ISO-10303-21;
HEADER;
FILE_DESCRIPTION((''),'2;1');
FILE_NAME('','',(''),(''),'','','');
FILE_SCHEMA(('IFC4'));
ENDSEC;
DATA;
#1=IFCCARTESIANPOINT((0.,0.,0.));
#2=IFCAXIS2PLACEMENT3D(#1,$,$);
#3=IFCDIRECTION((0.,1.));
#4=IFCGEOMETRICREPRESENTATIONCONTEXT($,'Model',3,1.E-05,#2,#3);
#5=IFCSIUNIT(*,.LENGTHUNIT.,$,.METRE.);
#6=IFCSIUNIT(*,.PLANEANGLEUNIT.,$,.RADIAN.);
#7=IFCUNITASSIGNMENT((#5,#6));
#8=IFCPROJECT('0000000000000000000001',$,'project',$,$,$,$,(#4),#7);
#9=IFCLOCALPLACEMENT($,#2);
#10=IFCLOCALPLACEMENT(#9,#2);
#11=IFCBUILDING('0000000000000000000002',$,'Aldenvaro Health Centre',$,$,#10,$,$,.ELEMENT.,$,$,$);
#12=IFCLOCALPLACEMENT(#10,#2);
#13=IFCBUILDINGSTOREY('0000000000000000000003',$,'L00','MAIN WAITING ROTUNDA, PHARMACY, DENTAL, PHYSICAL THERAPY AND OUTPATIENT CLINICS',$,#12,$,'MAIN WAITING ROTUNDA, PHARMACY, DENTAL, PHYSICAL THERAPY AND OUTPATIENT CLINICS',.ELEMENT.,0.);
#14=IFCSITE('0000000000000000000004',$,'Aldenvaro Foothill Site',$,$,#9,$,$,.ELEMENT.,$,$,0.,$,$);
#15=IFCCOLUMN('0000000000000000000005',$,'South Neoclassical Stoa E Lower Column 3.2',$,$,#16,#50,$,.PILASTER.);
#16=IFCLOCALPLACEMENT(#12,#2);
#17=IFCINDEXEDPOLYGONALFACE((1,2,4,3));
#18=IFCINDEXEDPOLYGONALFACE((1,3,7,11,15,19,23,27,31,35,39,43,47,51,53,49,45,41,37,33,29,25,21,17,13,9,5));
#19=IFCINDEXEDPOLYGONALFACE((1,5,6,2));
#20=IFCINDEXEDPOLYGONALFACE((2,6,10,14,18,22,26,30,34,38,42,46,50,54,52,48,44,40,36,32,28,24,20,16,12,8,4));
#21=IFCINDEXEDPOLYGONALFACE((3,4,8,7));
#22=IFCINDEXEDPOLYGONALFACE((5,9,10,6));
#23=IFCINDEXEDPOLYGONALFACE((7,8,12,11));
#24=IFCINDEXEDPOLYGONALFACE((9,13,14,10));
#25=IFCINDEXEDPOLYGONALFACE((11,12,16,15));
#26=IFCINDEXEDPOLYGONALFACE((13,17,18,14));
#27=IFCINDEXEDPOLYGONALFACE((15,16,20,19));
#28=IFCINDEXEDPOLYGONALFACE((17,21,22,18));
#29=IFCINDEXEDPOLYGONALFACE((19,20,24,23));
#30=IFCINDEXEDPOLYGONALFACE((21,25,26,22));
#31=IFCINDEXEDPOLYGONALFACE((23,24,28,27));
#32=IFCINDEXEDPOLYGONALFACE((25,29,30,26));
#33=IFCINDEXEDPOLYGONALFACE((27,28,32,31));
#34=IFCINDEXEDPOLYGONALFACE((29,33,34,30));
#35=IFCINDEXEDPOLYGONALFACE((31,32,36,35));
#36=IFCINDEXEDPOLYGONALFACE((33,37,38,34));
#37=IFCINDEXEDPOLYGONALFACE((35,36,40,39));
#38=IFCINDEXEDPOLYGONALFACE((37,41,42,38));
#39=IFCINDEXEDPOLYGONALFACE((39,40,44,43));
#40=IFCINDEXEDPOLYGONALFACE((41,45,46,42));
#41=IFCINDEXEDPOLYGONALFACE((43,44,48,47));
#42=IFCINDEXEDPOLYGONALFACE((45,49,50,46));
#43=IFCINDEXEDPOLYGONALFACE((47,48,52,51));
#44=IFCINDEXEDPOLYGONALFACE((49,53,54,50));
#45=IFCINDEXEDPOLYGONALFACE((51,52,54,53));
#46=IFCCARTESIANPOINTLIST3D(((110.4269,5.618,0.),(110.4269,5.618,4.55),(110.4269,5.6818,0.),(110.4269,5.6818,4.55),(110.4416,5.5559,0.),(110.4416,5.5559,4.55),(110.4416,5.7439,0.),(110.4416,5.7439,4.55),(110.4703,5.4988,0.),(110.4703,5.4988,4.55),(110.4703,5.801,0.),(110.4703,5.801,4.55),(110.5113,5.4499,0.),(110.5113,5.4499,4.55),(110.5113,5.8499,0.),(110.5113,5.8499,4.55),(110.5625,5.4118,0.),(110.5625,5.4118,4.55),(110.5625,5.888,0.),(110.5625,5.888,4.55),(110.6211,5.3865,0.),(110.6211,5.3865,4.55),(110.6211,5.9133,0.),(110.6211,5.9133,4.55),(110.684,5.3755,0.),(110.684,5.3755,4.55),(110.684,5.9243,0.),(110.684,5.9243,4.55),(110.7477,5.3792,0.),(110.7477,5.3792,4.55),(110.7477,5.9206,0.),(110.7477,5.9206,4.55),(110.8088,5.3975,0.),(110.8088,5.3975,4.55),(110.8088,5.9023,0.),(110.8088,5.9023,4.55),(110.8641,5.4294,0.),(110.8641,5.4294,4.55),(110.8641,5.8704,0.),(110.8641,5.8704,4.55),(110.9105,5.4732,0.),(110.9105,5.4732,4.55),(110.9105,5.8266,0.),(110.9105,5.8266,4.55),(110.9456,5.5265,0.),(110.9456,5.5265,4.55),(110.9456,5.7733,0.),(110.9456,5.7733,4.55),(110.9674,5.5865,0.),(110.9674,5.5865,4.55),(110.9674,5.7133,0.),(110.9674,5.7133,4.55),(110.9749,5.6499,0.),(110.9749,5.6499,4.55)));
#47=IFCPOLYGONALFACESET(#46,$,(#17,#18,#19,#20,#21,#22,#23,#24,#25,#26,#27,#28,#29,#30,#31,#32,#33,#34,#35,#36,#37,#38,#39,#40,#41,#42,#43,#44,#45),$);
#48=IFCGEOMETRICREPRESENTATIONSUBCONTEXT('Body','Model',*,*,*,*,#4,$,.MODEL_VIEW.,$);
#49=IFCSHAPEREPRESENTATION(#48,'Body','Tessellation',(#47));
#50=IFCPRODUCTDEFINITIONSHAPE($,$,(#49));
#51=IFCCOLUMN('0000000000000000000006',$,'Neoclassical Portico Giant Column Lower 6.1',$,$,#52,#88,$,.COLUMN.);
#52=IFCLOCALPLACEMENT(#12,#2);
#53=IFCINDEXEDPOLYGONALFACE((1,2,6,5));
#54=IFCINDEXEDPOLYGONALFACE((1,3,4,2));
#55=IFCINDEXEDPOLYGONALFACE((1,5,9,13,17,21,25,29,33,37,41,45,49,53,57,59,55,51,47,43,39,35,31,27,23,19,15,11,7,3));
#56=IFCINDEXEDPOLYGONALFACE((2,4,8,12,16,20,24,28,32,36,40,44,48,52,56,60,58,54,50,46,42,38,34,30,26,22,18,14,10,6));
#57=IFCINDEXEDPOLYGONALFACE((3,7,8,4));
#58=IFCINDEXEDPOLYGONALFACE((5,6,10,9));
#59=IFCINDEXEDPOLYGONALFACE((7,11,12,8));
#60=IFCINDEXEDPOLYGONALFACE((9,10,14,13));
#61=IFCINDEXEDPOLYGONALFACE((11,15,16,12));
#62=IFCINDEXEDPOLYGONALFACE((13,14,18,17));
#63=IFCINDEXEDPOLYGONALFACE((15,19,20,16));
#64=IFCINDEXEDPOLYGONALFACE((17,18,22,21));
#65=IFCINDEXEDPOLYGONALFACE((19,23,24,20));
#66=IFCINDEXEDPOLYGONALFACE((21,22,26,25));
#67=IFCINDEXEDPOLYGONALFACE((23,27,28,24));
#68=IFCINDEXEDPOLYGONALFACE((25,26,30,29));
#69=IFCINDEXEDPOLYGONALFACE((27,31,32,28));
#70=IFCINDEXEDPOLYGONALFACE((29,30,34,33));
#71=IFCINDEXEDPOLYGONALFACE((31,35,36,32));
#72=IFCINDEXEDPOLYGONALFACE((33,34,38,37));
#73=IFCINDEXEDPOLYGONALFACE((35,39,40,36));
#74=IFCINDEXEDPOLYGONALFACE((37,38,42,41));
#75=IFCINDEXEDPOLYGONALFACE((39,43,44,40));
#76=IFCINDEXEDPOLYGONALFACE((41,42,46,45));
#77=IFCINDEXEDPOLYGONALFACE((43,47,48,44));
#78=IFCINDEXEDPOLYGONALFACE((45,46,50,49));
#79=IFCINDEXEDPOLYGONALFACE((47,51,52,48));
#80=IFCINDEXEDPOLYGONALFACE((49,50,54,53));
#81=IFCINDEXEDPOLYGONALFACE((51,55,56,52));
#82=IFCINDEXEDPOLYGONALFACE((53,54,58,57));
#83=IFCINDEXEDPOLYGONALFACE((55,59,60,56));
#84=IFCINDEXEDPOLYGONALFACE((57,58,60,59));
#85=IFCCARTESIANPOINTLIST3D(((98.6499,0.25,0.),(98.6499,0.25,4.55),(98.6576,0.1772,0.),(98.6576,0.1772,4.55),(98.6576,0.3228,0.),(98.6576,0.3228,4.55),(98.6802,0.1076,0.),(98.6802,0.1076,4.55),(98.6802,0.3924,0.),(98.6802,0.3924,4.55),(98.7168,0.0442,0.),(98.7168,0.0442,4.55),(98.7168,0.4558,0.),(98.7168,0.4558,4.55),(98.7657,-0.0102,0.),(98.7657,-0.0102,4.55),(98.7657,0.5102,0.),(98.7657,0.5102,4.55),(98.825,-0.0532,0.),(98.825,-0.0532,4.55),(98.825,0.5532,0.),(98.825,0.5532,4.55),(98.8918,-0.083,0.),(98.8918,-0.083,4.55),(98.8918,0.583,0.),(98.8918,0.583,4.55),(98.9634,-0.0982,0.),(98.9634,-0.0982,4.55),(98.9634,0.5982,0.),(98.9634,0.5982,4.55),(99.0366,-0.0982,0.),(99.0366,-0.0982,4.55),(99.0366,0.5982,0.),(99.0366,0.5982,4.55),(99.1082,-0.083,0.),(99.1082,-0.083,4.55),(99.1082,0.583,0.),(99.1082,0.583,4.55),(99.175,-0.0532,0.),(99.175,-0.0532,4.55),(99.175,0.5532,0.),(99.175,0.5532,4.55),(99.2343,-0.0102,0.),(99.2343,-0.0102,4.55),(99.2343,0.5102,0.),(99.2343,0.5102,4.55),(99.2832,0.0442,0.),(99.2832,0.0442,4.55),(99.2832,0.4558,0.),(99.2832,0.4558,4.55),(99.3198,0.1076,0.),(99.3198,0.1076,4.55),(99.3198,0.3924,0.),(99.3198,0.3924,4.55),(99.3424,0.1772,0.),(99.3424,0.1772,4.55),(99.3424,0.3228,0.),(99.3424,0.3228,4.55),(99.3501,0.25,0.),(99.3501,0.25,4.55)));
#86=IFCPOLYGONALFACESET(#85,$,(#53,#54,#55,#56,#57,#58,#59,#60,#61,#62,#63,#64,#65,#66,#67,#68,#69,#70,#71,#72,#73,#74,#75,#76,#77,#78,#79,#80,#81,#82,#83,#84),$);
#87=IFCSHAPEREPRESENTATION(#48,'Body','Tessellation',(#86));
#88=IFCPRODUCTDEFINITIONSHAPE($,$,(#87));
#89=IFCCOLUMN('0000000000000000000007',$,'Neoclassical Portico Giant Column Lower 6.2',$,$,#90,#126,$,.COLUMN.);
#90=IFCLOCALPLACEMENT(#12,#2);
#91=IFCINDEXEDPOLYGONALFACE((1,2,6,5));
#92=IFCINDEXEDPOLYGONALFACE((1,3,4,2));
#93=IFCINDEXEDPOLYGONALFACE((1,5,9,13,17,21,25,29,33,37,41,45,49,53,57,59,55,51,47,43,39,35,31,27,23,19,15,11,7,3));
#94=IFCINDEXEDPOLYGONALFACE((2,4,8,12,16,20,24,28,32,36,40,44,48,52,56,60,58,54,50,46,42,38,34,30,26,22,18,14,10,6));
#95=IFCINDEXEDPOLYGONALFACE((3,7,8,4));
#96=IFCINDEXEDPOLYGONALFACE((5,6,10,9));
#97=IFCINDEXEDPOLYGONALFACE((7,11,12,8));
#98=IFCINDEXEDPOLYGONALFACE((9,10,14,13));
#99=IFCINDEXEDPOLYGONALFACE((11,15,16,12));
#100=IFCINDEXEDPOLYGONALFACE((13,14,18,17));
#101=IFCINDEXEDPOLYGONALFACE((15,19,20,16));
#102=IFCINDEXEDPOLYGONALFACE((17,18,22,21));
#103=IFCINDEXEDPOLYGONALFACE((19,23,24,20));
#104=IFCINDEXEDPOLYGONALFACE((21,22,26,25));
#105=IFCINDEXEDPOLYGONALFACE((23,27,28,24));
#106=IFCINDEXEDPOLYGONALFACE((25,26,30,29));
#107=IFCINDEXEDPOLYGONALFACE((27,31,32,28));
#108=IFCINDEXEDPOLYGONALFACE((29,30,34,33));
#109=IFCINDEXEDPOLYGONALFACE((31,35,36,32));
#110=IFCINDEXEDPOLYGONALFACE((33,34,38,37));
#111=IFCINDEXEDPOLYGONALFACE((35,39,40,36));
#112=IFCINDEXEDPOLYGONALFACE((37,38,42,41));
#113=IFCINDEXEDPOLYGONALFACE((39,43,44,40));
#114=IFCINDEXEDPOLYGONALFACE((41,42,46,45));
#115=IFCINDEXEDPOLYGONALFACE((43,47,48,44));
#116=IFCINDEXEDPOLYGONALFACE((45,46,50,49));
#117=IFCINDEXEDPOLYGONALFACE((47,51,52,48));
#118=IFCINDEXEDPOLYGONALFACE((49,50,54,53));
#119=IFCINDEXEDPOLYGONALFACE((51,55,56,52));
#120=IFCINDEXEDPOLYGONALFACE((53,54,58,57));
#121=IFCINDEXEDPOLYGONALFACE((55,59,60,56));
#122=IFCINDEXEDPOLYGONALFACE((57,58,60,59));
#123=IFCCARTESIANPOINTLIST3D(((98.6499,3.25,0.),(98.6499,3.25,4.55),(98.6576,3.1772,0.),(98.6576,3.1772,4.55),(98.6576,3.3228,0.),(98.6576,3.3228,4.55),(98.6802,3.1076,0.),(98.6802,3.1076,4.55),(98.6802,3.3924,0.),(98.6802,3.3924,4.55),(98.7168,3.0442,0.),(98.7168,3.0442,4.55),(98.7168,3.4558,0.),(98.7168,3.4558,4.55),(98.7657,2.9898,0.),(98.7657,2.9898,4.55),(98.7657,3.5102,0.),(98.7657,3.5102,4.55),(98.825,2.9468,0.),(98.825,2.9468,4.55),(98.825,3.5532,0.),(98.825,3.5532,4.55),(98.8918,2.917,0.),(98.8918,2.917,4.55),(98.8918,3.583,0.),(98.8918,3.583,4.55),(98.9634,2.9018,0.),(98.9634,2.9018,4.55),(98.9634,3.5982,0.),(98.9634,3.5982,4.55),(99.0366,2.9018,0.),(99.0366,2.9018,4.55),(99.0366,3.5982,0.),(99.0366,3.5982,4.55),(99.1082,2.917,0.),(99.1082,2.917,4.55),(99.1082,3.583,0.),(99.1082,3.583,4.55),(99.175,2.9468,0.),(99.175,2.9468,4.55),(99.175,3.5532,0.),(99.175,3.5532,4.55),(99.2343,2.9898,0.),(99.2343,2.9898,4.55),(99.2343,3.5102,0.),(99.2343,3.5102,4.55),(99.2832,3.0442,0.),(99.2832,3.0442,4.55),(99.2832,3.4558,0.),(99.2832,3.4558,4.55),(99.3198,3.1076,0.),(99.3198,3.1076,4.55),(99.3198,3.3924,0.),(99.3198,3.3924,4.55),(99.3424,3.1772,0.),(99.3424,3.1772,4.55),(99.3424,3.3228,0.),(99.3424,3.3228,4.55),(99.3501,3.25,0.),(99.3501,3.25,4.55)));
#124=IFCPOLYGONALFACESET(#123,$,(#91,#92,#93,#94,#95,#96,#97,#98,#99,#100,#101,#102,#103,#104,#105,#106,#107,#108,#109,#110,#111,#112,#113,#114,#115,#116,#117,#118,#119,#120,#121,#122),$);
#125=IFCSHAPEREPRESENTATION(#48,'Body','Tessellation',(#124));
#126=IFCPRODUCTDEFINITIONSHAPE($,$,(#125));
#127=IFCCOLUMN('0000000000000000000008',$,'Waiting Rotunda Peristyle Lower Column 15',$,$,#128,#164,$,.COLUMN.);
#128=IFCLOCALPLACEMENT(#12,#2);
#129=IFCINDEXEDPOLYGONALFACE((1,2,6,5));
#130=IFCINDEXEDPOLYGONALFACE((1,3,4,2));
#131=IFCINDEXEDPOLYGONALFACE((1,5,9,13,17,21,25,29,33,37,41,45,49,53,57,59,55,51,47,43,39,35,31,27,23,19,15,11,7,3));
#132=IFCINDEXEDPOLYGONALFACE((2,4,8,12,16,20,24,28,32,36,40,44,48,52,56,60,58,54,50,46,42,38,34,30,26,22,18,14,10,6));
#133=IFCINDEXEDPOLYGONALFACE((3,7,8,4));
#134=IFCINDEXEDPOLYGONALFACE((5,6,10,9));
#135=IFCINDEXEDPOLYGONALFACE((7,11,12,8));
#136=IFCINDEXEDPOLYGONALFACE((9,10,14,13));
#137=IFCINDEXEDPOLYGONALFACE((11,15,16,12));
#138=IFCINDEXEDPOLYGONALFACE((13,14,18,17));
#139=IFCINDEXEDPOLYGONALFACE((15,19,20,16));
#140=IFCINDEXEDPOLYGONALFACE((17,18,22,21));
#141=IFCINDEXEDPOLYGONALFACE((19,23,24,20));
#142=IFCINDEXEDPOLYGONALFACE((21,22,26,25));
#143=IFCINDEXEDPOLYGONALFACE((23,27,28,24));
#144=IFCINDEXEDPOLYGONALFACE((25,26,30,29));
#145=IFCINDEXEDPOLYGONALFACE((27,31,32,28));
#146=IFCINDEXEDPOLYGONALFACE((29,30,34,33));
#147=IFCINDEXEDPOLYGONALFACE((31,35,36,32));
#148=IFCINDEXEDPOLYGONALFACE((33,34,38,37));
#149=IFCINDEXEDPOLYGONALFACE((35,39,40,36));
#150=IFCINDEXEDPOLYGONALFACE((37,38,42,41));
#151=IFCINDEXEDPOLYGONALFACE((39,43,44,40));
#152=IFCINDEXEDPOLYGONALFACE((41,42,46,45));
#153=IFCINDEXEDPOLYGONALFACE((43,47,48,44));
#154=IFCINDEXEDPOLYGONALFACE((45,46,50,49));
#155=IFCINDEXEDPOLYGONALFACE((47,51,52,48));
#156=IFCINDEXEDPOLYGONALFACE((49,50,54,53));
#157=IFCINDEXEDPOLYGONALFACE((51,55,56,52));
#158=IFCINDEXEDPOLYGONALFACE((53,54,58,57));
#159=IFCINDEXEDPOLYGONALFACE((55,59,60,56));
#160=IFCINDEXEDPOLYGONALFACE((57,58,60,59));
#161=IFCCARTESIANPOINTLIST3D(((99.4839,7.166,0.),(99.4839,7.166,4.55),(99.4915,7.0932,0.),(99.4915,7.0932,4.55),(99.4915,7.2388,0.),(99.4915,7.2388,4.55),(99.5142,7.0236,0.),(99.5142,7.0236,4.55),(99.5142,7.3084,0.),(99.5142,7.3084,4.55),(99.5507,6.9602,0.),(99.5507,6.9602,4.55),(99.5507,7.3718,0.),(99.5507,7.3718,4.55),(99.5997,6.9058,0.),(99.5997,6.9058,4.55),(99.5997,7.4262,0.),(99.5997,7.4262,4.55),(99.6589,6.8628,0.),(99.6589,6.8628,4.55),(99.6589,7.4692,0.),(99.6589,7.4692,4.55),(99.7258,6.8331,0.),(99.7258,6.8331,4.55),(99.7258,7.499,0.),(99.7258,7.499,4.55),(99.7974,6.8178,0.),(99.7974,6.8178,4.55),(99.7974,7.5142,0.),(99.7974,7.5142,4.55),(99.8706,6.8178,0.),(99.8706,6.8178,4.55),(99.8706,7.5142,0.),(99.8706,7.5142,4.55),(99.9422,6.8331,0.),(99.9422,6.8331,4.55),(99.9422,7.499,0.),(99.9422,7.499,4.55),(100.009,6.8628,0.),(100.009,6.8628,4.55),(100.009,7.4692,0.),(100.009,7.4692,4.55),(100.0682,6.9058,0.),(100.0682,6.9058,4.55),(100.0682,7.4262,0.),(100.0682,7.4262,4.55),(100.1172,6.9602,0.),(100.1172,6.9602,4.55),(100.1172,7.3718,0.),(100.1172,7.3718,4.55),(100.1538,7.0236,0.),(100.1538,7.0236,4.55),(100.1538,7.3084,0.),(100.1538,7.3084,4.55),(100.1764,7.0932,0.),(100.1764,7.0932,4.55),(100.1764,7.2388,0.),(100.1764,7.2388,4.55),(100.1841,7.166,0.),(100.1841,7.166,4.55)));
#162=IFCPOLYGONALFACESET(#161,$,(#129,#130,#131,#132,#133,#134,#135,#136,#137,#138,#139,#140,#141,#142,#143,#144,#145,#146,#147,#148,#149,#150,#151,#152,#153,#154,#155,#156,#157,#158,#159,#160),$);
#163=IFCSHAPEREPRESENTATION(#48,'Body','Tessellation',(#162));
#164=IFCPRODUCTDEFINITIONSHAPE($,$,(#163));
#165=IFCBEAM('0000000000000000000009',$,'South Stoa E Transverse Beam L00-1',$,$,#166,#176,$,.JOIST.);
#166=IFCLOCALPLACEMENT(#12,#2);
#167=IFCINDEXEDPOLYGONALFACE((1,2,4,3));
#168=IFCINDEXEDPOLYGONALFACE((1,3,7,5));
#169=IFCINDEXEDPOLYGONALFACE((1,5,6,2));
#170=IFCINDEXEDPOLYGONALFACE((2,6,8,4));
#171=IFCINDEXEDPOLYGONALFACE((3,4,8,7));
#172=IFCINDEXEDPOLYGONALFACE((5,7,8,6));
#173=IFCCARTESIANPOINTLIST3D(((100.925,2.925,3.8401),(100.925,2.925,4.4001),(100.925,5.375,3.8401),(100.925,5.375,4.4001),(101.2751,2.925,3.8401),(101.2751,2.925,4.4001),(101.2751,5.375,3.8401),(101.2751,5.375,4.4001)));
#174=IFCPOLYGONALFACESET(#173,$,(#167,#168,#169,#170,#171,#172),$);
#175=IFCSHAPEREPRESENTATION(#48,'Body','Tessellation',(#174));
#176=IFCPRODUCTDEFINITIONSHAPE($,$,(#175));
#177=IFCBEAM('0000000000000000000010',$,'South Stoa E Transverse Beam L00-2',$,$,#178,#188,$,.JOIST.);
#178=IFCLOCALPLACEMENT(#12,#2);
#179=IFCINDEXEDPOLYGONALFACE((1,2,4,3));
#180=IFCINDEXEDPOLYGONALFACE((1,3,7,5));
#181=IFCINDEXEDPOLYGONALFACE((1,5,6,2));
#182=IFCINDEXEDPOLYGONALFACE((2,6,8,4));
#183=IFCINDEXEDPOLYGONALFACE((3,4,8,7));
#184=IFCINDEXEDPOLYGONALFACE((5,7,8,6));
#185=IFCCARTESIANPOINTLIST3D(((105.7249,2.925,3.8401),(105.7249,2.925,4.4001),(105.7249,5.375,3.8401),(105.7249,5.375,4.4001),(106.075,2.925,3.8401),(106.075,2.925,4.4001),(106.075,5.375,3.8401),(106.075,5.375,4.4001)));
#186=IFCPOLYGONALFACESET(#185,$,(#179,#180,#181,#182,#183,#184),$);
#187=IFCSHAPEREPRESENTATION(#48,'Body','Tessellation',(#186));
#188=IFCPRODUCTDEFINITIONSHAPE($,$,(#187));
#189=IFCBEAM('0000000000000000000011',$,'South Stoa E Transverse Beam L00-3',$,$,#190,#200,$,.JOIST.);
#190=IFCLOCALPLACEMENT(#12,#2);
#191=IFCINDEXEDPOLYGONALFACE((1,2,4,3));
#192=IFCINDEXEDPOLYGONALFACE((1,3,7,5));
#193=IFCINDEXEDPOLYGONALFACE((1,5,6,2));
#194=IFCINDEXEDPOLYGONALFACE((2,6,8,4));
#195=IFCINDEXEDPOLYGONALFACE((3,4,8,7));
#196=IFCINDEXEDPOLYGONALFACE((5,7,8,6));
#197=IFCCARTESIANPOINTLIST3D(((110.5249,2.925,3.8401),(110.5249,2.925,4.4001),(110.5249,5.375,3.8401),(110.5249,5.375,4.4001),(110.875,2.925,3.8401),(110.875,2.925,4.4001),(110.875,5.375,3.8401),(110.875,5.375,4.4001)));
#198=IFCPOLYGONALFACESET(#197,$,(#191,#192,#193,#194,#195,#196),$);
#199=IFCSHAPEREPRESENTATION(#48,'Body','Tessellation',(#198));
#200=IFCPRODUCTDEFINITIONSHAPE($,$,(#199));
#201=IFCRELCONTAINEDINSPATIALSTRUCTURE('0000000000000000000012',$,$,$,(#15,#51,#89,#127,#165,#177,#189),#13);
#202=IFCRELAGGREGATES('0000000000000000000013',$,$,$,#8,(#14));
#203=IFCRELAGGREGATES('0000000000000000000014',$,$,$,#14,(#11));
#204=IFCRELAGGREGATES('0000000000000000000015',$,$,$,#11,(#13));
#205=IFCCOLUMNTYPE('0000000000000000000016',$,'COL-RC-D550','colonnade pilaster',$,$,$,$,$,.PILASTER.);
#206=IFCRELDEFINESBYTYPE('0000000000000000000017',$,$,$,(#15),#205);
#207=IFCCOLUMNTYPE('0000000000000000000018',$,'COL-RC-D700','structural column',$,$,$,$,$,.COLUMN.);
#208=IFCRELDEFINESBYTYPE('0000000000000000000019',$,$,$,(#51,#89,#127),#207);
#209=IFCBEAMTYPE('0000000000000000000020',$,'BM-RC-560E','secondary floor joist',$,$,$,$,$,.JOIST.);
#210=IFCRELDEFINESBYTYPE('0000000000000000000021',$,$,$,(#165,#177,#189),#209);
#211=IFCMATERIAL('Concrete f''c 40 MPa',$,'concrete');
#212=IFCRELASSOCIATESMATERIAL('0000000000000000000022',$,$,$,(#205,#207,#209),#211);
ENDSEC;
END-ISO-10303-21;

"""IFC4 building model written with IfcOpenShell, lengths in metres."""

from ifc_helpers import new_model, si_unit, direction, frame, origin, origin_2d, place, context, subcontext, project, spatial, rectangle, circle, extrude, material, material_profile, profile_set, type_object, element, save


model = new_model("IFC4")

# Units and contexts
model_context = context("Model", 3, precision=1e-05, world=origin(), true_north=direction((0.0, 1.0)))
body_context = subcontext(model_context, "Body", "Model", "MODEL_VIEW")
ifc_project = project(units=[si_unit("LENGTHUNIT", "METRE"), si_unit("PLANEANGLEUNIT", "RADIAN")], contexts=[model_context])

# Site, building, storey
site_placement = place(None, origin())
site = spatial("IfcSite", under=ifc_project, at=site_placement, Name="Aldenvaro Foothill Site", CompositionType="ELEMENT", RefElevation=0.0)
building_placement = place(site_placement, origin())
building = spatial("IfcBuilding", under=site, at=building_placement, Name="Aldenvaro Health Centre", CompositionType="ELEMENT")
storey_placement = place(building_placement, origin())
storey = spatial("IfcBuildingStorey", under=building, at=storey_placement, Name="L00", Description="MAIN WAITING ROTUNDA, PHARMACY, DENTAL, PHYSICAL THERAPY AND OUTPATIENT CLINICS", LongName="MAIN WAITING ROTUNDA, PHARMACY, DENTAL, PHYSICAL THERAPY AND OUTPATIENT CLINICS", CompositionType="ELEMENT", Elevation=0.0)

# Columns
ifc_material_1 = material(Name="Concrete f'c 40 MPa", Category="concrete")
ifc_material_profile_1 = material_profile(ifc_material_1, circle(Radius=0.2749, at=origin_2d()), Name="RC D550", Category="concrete")
ifc_profile_set_1 = profile_set([ifc_material_profile_1], Name="Concrete f'c 40 MPa")
column_type_1 = type_object("IfcColumnType", Name="COL-RC-D550", Description="colonnade pilaster", PredefinedType="PILASTER", material=ifc_profile_set_1)
for number, where, z_axis, x_axis, name in (
    (1, (110.7, 5.6499, 0.0), (0.0, 0.0, 1.0), (1.0, 0.0, 0.0), "South Neoclassical Stoa E Lower Column 3.2"),
):
    element("IfcColumn", number, at=place(storey_placement, frame(where, z_axis=z_axis, x_axis=x_axis)), inside=storey, type_object=column_type_1, Name=name, PredefinedType="PILASTER", context=body_context, shape_type="SweptSolid", body=[
        extrude(circle(Radius=0.2749, at=origin_2d()), origin(), (0.0, 0.0, 1.0), 4.55),
    ])
ifc_material_profile_2 = material_profile(ifc_material_1, circle(Radius=0.3501, at=origin_2d()), Name="RC D700", Category="concrete")
ifc_profile_set_2 = profile_set([ifc_material_profile_2], Name="Concrete f'c 40 MPa")
column_type_2 = type_object("IfcColumnType", Name="COL-RC-D700", Description="structural column", PredefinedType="COLUMN", material=ifc_profile_set_2)
for number, where, z_axis, x_axis, name in (
    (2, (99.0, 0.25, 0.0), (0.0, 0.0, 1.0), (1.0, 0.0, 0.0), "Neoclassical Portico Giant Column Lower 6.1"),
    (3, (99.0, 3.25, 0.0), (0.0, 0.0, 1.0), (1.0, 0.0, 0.0), "Neoclassical Portico Giant Column Lower 6.2"),
    (4, (99.834, 7.166, 0.0), (0.0, 0.0, 1.0), (1.0, 0.0, 0.0), "Waiting Rotunda Peristyle Lower Column 15"),
):
    element("IfcColumn", number, at=place(storey_placement, frame(where, z_axis=z_axis, x_axis=x_axis)), inside=storey, type_object=column_type_2, Name=name, PredefinedType="COLUMN", context=body_context, shape_type="SweptSolid", body=[
        extrude(circle(Radius=0.3501, at=origin_2d()), origin(), (0.0, 0.0, 1.0), 4.55),
    ])

# Beams
ifc_material_profile_3 = material_profile(ifc_material_1, rectangle(XDim=0.3501, YDim=0.5601, at=origin_2d()), Name="RC 350x560", Category="concrete")
ifc_profile_set_3 = profile_set([ifc_material_profile_3], Name="Concrete f'c 40 MPa")
beam_type_1 = type_object("IfcBeamType", Name="BM-RC-560E", Description="secondary floor joist", PredefinedType="JOIST", material=ifc_profile_set_3)
for number, where, z_axis, x_axis, name in (
    (5, (101.1001, 2.925, 4.1201), (0.0, 1.0, 0.0), (-1.0, 0.0, 0.0), "South Stoa E Transverse Beam L00-1"),
    (6, (105.8999, 2.925, 4.1201), (0.0, 1.0, 0.0), (-1.0, 0.0, 0.0), "South Stoa E Transverse Beam L00-2"),
    (7, (110.7, 2.925, 4.1201), (0.0, 1.0, 0.0), (-1.0, 0.0, 0.0), "South Stoa E Transverse Beam L00-3"),
):
    element("IfcBeam", number, at=place(storey_placement, frame(where, z_axis=z_axis, x_axis=x_axis)), inside=storey, type_object=beam_type_1, Name=name, PredefinedType="JOIST", context=body_context, shape_type="SweptSolid", body=[
        extrude(rectangle(XDim=0.3501, YDim=0.5601, at=origin_2d()), origin(), (0.0, 0.0, 1.0), 2.45),
    ])

save(model, "model.ifc")
